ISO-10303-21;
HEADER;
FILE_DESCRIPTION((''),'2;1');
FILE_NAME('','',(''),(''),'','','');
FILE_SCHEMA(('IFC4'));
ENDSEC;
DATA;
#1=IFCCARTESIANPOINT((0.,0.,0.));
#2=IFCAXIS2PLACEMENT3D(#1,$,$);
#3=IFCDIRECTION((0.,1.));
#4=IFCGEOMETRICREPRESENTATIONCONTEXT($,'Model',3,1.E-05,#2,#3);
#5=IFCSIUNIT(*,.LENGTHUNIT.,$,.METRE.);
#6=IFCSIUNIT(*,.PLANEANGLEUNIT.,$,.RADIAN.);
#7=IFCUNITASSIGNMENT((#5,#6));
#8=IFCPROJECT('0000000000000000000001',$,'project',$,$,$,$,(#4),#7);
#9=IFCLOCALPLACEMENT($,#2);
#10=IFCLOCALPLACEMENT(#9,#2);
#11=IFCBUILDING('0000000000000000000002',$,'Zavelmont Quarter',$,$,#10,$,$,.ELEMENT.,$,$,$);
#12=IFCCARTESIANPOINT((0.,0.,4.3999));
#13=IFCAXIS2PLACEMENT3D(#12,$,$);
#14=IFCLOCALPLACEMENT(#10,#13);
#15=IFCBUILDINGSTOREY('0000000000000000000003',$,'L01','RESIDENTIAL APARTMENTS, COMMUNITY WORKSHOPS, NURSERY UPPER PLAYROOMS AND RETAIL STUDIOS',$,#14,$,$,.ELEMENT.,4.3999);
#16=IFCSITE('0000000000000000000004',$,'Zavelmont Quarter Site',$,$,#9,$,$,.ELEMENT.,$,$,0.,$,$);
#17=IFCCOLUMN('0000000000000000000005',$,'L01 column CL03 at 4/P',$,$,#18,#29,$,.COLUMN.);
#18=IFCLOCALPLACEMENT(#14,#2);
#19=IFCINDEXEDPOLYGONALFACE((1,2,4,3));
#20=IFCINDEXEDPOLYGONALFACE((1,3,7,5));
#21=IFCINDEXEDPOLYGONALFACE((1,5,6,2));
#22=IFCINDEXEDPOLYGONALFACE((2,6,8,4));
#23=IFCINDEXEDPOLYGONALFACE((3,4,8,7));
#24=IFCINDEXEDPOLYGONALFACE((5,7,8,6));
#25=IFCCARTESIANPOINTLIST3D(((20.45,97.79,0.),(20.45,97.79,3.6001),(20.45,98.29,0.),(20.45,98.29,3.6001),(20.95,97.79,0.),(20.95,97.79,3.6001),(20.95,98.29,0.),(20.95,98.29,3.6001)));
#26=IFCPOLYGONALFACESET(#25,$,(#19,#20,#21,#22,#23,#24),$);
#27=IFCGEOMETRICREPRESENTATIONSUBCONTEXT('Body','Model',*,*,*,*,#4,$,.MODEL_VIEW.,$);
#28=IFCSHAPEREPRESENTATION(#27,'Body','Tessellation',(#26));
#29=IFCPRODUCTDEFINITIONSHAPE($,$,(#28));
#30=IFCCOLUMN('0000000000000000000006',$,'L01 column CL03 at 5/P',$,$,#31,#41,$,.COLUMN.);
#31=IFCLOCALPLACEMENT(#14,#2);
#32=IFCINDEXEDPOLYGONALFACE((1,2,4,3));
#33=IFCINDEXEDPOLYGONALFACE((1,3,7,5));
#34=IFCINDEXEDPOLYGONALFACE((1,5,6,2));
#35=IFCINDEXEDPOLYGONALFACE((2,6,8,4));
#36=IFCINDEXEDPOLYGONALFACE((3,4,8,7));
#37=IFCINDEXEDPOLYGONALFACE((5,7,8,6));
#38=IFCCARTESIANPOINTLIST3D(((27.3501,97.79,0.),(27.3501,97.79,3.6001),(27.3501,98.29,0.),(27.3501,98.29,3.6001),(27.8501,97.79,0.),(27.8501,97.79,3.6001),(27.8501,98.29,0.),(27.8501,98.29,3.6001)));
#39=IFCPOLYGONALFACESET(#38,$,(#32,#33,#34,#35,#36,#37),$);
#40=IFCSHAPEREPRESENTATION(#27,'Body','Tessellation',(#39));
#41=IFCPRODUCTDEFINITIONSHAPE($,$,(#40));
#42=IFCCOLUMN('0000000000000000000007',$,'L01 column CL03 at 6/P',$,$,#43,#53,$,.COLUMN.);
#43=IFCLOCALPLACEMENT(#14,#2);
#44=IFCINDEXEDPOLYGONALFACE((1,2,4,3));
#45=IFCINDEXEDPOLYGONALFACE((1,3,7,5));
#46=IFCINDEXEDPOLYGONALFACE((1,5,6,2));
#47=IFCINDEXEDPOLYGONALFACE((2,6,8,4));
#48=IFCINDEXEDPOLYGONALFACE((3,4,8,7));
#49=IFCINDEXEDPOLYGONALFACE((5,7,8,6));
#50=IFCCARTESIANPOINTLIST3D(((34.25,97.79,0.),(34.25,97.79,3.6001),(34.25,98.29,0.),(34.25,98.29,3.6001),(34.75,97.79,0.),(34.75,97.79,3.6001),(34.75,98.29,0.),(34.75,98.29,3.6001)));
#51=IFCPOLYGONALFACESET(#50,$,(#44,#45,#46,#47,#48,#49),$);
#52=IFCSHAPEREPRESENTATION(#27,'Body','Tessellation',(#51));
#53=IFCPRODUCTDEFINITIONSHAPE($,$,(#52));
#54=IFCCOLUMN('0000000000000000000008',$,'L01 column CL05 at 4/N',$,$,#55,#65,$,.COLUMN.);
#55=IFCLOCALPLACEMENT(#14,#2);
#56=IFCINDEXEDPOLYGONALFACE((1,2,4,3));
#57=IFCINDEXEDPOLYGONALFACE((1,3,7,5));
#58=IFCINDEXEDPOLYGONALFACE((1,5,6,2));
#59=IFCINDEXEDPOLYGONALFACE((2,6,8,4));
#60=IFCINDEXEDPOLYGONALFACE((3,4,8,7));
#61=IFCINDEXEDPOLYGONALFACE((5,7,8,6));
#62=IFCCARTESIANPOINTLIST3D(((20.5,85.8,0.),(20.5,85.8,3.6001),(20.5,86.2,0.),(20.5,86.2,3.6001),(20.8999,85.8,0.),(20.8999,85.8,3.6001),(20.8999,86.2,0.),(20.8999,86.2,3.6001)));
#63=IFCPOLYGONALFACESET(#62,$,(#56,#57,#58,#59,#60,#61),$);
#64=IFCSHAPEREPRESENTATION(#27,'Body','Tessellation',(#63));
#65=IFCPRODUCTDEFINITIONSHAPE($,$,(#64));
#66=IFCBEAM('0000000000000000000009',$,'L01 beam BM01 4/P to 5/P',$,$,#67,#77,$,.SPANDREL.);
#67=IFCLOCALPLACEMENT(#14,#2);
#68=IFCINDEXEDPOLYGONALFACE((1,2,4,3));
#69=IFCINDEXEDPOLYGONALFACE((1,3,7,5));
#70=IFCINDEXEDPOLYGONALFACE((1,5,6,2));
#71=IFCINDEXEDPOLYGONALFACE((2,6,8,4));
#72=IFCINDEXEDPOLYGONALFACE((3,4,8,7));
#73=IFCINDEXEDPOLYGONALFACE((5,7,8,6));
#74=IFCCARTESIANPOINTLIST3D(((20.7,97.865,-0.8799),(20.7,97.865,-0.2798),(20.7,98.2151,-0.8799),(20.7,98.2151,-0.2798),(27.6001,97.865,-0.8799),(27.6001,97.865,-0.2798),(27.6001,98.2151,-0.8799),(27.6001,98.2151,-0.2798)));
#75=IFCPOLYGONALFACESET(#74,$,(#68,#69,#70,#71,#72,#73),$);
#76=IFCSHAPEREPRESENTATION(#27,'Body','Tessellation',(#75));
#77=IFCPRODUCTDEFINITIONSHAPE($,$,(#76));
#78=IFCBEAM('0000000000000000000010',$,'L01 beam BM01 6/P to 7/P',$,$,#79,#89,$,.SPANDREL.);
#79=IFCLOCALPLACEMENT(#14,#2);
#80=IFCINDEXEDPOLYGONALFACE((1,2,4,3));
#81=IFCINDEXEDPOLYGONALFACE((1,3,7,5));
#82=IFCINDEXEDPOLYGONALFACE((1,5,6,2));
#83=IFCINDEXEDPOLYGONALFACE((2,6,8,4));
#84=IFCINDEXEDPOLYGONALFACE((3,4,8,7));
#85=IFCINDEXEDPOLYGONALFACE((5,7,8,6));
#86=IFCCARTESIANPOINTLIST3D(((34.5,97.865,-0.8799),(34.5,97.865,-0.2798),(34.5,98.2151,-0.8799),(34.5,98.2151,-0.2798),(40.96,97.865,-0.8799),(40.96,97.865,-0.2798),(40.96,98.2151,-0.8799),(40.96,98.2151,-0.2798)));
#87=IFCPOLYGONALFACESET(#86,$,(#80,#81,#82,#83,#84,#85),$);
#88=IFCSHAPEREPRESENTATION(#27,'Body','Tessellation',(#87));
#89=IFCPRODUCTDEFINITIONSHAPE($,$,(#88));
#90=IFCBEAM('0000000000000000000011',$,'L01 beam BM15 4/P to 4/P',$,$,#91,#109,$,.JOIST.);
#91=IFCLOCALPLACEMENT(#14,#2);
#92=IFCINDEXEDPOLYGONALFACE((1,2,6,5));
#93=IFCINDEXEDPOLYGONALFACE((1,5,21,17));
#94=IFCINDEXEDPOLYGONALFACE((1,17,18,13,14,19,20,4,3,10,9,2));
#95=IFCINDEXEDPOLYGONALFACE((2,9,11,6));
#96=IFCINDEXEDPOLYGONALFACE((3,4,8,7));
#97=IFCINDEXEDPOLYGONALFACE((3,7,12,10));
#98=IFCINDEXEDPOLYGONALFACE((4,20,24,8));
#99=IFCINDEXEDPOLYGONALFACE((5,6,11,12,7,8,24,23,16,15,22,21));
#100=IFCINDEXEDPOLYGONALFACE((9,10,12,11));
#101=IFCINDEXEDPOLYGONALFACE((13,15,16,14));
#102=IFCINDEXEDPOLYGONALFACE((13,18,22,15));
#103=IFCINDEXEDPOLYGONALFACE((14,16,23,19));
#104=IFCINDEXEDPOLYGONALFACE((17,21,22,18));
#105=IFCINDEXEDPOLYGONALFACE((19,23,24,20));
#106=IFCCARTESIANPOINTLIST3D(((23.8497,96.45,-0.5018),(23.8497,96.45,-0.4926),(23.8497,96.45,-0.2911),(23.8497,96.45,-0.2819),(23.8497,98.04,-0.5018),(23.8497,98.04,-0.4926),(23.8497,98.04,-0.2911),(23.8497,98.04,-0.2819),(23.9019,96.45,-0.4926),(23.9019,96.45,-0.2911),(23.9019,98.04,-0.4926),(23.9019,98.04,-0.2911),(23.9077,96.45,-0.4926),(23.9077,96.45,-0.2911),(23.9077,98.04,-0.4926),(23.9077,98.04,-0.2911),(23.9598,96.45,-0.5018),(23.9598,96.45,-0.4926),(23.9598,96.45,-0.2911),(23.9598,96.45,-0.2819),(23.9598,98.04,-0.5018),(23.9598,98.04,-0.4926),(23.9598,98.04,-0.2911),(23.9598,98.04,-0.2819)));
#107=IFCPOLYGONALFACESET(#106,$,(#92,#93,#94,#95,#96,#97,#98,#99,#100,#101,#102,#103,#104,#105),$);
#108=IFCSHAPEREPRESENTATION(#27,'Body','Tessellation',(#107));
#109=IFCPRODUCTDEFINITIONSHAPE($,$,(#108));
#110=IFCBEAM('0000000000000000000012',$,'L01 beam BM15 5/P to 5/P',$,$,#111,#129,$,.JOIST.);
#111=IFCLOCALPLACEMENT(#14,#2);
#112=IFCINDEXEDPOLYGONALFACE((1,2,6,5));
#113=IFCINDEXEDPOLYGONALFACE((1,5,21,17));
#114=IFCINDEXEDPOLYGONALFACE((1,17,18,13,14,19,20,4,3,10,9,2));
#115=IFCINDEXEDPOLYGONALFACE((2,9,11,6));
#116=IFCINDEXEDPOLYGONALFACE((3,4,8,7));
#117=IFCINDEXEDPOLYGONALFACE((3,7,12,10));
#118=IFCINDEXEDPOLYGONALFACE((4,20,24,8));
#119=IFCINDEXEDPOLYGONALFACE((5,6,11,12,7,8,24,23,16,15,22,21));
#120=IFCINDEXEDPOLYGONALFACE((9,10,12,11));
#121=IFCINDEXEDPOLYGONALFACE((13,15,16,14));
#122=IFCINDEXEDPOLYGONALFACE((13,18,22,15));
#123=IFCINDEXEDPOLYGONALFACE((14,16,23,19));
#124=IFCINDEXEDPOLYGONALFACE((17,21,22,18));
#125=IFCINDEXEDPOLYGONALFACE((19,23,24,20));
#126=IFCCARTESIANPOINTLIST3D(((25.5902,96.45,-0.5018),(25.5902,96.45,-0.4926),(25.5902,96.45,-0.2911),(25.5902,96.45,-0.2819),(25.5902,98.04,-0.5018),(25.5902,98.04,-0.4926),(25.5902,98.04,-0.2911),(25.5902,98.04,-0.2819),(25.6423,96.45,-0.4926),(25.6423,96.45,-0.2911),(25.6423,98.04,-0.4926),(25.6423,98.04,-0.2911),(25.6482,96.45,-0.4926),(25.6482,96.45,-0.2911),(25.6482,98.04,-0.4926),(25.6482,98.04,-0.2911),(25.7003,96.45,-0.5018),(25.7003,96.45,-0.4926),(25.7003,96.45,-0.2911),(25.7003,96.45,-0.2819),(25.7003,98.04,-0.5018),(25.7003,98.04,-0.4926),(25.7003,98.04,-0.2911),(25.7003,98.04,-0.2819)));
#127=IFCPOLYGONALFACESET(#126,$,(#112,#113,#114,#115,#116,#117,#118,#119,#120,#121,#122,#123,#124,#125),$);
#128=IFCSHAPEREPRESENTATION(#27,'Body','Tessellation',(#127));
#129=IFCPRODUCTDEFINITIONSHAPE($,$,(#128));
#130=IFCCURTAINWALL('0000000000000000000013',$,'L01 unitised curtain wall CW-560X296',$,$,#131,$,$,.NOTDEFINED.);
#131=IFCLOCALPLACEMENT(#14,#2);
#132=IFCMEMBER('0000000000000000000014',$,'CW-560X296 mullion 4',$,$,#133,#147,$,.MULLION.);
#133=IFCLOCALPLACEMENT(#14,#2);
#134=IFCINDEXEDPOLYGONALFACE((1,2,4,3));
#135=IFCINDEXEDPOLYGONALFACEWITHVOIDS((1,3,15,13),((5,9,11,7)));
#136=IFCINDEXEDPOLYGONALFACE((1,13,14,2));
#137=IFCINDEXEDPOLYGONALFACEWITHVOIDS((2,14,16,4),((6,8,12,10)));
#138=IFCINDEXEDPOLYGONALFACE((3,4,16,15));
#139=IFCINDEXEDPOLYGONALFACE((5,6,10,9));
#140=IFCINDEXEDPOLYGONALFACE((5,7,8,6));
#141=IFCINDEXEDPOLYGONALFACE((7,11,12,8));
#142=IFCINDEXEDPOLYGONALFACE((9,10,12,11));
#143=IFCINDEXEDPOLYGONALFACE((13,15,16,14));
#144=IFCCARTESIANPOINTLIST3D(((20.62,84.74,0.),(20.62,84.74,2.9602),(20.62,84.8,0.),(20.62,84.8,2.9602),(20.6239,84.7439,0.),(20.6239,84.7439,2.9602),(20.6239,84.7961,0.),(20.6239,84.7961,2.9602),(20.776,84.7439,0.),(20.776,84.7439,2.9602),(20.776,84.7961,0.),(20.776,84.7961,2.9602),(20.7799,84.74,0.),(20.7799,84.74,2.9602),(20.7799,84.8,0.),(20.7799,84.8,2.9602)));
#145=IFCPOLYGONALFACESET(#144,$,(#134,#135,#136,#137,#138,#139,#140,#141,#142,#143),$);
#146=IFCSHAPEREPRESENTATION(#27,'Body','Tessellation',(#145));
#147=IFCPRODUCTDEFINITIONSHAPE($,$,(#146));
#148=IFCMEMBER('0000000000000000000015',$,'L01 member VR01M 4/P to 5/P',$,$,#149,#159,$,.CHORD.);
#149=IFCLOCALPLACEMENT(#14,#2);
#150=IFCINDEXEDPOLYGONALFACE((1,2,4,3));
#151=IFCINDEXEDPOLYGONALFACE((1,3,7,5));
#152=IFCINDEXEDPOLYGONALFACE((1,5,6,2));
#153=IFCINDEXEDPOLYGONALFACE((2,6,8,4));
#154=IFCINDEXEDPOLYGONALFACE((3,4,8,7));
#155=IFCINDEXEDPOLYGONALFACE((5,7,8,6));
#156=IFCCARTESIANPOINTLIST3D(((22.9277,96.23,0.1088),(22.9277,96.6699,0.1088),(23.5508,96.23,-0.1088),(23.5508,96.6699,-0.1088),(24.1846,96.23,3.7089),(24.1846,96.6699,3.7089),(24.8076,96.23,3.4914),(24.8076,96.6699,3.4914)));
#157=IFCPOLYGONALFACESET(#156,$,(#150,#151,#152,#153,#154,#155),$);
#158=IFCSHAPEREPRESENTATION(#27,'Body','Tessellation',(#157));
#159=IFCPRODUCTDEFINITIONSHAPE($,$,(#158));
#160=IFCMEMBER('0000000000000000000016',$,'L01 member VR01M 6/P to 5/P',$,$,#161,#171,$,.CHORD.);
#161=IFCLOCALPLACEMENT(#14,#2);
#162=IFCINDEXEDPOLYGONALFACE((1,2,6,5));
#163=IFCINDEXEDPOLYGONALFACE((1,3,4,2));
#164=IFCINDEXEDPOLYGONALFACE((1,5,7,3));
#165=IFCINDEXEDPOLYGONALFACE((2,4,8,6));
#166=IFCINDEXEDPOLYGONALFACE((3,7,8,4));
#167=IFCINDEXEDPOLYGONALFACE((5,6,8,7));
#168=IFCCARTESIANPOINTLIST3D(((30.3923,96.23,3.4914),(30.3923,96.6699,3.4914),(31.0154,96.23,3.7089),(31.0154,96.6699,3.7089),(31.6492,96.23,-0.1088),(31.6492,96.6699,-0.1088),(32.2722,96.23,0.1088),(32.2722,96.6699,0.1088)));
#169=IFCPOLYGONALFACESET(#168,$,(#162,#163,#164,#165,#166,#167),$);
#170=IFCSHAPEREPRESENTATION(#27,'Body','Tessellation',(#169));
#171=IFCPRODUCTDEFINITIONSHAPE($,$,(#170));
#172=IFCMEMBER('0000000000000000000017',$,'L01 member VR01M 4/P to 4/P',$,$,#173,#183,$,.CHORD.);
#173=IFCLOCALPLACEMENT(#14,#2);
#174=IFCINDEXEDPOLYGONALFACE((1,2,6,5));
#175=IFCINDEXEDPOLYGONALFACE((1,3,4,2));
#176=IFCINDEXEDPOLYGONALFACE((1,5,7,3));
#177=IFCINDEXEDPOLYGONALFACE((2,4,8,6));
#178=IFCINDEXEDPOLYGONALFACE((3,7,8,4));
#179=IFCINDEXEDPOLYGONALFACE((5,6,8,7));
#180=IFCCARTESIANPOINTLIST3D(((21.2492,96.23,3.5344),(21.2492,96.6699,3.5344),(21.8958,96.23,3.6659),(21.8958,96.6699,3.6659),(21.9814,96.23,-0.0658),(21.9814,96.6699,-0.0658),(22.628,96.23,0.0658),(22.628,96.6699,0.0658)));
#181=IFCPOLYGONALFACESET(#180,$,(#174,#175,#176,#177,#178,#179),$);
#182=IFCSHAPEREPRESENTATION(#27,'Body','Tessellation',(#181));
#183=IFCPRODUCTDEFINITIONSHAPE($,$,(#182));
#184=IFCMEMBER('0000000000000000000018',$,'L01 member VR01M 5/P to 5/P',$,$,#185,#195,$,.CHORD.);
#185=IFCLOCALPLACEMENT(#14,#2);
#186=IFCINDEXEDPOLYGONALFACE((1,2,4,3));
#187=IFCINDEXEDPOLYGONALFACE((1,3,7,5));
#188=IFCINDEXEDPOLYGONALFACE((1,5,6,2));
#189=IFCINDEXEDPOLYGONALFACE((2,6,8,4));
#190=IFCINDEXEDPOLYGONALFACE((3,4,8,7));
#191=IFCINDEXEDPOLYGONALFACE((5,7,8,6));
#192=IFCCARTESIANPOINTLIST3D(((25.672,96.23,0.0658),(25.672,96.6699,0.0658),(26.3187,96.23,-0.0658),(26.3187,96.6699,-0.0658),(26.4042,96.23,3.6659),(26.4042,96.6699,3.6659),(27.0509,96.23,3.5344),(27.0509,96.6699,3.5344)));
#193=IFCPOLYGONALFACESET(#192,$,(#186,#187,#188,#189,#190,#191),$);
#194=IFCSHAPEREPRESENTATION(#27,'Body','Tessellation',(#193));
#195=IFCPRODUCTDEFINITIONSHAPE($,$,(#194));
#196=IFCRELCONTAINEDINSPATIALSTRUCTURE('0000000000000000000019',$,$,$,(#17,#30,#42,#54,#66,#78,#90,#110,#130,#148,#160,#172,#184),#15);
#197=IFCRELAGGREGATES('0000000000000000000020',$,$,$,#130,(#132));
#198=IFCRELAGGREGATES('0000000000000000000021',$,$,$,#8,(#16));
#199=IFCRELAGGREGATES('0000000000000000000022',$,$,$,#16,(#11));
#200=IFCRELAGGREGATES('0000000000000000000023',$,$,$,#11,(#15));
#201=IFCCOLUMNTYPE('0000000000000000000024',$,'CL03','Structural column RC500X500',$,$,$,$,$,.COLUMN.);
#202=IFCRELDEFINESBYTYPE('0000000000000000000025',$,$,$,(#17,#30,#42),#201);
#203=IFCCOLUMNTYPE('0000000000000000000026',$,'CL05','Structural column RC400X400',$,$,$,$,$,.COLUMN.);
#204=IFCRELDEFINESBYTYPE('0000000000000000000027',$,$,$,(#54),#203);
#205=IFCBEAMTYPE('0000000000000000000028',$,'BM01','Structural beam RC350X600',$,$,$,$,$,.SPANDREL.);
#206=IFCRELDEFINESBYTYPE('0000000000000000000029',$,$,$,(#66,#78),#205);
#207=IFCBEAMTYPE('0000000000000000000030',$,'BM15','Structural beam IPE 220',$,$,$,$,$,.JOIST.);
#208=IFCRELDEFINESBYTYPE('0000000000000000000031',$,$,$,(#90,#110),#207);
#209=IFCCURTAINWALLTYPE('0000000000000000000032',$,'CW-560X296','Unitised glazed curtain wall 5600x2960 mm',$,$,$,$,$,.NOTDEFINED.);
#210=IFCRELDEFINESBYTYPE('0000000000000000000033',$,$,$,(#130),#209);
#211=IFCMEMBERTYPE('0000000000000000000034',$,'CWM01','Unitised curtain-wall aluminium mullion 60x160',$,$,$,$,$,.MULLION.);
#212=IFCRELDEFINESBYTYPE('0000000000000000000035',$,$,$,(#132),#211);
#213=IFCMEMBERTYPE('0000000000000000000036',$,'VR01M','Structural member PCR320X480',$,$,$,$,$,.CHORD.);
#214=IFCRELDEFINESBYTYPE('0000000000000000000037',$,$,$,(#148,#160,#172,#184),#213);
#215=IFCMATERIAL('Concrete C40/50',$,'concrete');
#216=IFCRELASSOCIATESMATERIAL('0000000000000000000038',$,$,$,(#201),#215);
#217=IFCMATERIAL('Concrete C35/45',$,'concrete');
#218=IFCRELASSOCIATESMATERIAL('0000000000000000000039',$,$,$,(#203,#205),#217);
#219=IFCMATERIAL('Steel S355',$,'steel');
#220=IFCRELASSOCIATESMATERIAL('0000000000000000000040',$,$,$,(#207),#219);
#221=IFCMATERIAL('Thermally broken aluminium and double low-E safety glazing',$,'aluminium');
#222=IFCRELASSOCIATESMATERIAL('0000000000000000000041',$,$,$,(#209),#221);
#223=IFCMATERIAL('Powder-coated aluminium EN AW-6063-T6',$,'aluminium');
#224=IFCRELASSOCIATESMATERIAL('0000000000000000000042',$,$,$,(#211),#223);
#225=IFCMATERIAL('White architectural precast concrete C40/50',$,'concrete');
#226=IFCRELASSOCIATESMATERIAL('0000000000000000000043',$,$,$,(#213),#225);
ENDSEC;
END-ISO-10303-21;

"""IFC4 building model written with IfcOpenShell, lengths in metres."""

from ifc_helpers import new_model, si_unit, direction, frame, origin, origin_2d, place, context, subcontext, project, spatial, rectangle, hollow_rectangle, i_section, extrude, material, material_profile, profile_set, type_object, element, aggregate, save


model = new_model("IFC4")

# Units and contexts
model_context = context("Model", 3, precision=1e-05, world=origin(), true_north=direction((0.0, 1.0)))
body_context = subcontext(model_context, "Body", "Model", "MODEL_VIEW")
ifc_project = project(units=[si_unit("LENGTHUNIT", "METRE"), si_unit("PLANEANGLEUNIT", "RADIAN")], contexts=[model_context])

# Site, building, storey
site_placement = place(None, origin())
site = spatial("IfcSite", under=ifc_project, at=site_placement, Name="Zavelmont Quarter Site", CompositionType="ELEMENT", RefElevation=0.0)
building_placement = place(site_placement, origin())
building = spatial("IfcBuilding", under=site, at=building_placement, Name="Zavelmont Quarter", CompositionType="ELEMENT")
storey_placement = place(building_placement, frame((0.0, 0.0, 4.3999)))
storey = spatial("IfcBuildingStorey", under=building, at=storey_placement, Name="L01", Description="RESIDENTIAL APARTMENTS, COMMUNITY WORKSHOPS, NURSERY UPPER PLAYROOMS AND RETAIL STUDIOS", CompositionType="ELEMENT", Elevation=4.3999)

# Columns
ifc_material_1 = material(Name="Concrete C40/50", Category="concrete")
ifc_material_profile_1 = material_profile(ifc_material_1, rectangle(XDim=0.5, YDim=0.5, at=origin_2d()), Name="RC500X500")
ifc_profile_set_1 = profile_set([ifc_material_profile_1], Name="Concrete C40/50")
column_type_1 = type_object("IfcColumnType", Name="CL03", Description="Structural column RC500X500", PredefinedType="COLUMN", material=ifc_profile_set_1)
for number, where, z_axis, x_axis, name in (
    (1, (20.7, 98.04, 0.0), (0.0, 0.0, 1.0), (1.0, 0.0, 0.0), "L01 column CL03 at 4/P"),
    (2, (27.6001, 98.04, 0.0), (0.0, 0.0, 1.0), (1.0, 0.0, 0.0), "L01 column CL03 at 5/P"),
    (3, (34.5, 98.04, 0.0), (0.0, 0.0, 1.0), (1.0, 0.0, 0.0), "L01 column CL03 at 6/P"),
):
    element("IfcColumn", number, at=place(storey_placement, frame(where, z_axis=z_axis, x_axis=x_axis)), inside=storey, type_object=column_type_1, Name=name, PredefinedType="COLUMN", context=body_context, shape_type="SweptSolid", body=[
        extrude(rectangle(XDim=0.5, YDim=0.5, at=origin_2d()), origin(), (0.0, 0.0, 1.0), 3.6001),
    ])
ifc_material_2 = material(Name="Concrete C35/45", Category="concrete")
ifc_material_profile_2 = material_profile(ifc_material_2, rectangle(XDim=0.3999, YDim=0.3999, at=origin_2d()), Name="RC400X400")
ifc_profile_set_2 = profile_set([ifc_material_profile_2], Name="Concrete C35/45")
column_type_2 = type_object("IfcColumnType", Name="CL05", Description="Structural column RC400X400", PredefinedType="COLUMN", material=ifc_profile_set_2)
column_placement = place(storey_placement, frame((20.7, 86.0, 0.0), z_axis=(0.0, 0.0, 1.0), x_axis=(1.0, 0.0, 0.0)))
element("IfcColumn", 4, at=column_placement, inside=storey, type_object=column_type_2, Name="L01 column CL05 at 4/N", PredefinedType="COLUMN", context=body_context, shape_type="SweptSolid", body=[
    extrude(rectangle(XDim=0.3999, YDim=0.3999, at=origin_2d()), origin(), (0.0, 0.0, 1.0), 3.6001),
])

# Beams
ifc_material_profile_3 = material_profile(ifc_material_2, rectangle(XDim=0.3501, YDim=0.6001, at=origin_2d()), Name="RC350X600")
ifc_profile_set_3 = profile_set([ifc_material_profile_3], Name="Concrete C35/45")
beam_type_1 = type_object("IfcBeamType", Name="BM01", Description="Structural beam RC350X600", PredefinedType="SPANDREL", material=ifc_profile_set_3)
beam_1_placement = place(storey_placement, frame((20.7, 98.04, -0.5798), z_axis=(1.0, 0.0, 0.0), x_axis=(0.0, 1.0, 0.0)))
element("IfcBeam", 5, at=beam_1_placement, inside=storey, type_object=beam_type_1, Name="L01 beam BM01 4/P to 5/P", PredefinedType="SPANDREL", context=body_context, shape_type="SweptSolid", body=[
    extrude(rectangle(XDim=0.3501, YDim=0.6001, at=origin_2d()), origin(), (0.0, 0.0, 1.0), 6.9001),
])
beam_2_placement = place(storey_placement, frame((34.5, 98.04, -0.5798), z_axis=(1.0, 0.0, 0.0), x_axis=(0.0, 1.0, 0.0)))
element("IfcBeam", 6, at=beam_2_placement, inside=storey, type_object=beam_type_1, Name="L01 beam BM01 6/P to 7/P", PredefinedType="SPANDREL", context=body_context, shape_type="SweptSolid", body=[
    extrude(rectangle(XDim=0.3501, YDim=0.6001, at=origin_2d()), origin(), (0.0, 0.0, 1.0), 6.46),
])
ifc_material_3 = material(Name="Steel S355", Category="steel")
ifc_material_profile_4 = material_profile(ifc_material_3, i_section(OverallWidth=0.1101, OverallDepth=0.22, WebThickness=0.0059, FlangeThickness=0.0093, at=origin_2d()), Name="IPE 220")
ifc_profile_set_4 = profile_set([ifc_material_profile_4], Name="Steel S355")
beam_type_2 = type_object("IfcBeamType", Name="BM15", Description="Structural beam IPE 220", PredefinedType="JOIST", material=ifc_profile_set_4)
for number, where, z_axis, x_axis, name in (
    (7, (23.9048, 98.04, -0.3918), (0.0, -1.0, 0.0), (1.0, 0.0, 0.0), "L01 beam BM15 4/P to 4/P"),
    (8, (25.6453, 98.04, -0.3918), (0.0, -1.0, 0.0), (1.0, 0.0, 0.0), "L01 beam BM15 5/P to 5/P"),
):
    element("IfcBeam", number, at=place(storey_placement, frame(where, z_axis=z_axis, x_axis=x_axis)), inside=storey, type_object=beam_type_2, Name=name, PredefinedType="JOIST", context=body_context, shape_type="SweptSolid", body=[
        extrude(i_section(OverallWidth=0.1101, OverallDepth=0.22, WebThickness=0.0059, FlangeThickness=0.0093, at=origin_2d()), origin(), (0.0, 0.0, 1.0), 1.5901),
    ])

# Curtain wall, member
ifc_material_4 = material(Name="Thermally broken aluminium and double low-E safety glazing", Category="aluminium")
curtain_wall_type = type_object("IfcCurtainWallType", Name="CW-560X296", Description="Unitised glazed curtain wall 5600x2960 mm", PredefinedType="NOTDEFINED", material=ifc_material_4)
curtain_wall_placement = place(storey_placement, origin())
curtain_wall = element("IfcCurtainWall", 9, at=curtain_wall_placement, inside=storey, type_object=curtain_wall_type, Name="L01 unitised curtain wall CW-560X296", PredefinedType="NOTDEFINED")
ifc_material_5 = material(Name="Powder-coated aluminium EN AW-6063-T6", Category="aluminium")
ifc_material_profile_5 = material_profile(ifc_material_5, hollow_rectangle(XDim=0.0601, YDim=0.1599, WallThickness=0.0039, at=origin_2d()), Name="CWM60X160")
ifc_profile_set_5 = profile_set([ifc_material_profile_5], Name="Powder-coated aluminium EN AW-6063-T6")
member_type_1 = type_object("IfcMemberType", Name="CWM01", Description="Unitised curtain-wall aluminium mullion 60x160", PredefinedType="MULLION", material=ifc_profile_set_5)
member_placement = place(storey_placement, frame((20.7, 84.77, 0.0), z_axis=(0.0, 0.0, 1.0), x_axis=(0.0, 1.0, 0.0)))
member = element("IfcMember", 10, at=member_placement, type_object=member_type_1, Name="CW-560X296 mullion 4", PredefinedType="MULLION", context=body_context, shape_type="SweptSolid", body=[
    extrude(hollow_rectangle(XDim=0.0601, YDim=0.1599, WallThickness=0.0039, at=origin_2d()), origin(), (0.0, 0.0, 1.0), 2.9602),
])

# Members
ifc_material_6 = material(Name="White architectural precast concrete C40/50", Category="concrete")
ifc_material_profile_6 = material_profile(ifc_material_6, rectangle(XDim=0.4399, YDim=0.6599, at=origin_2d()), Name="PCR320X480")
ifc_profile_set_6 = profile_set([ifc_material_profile_6], Name="White architectural precast concrete C40/50")
member_type_2 = type_object("IfcMemberType", Name="VR01M", Description="Structural member PCR320X480", PredefinedType="CHORD", material=ifc_profile_set_6)
for number, where, z_axis, x_axis, name in (
    (11, (23.2393, 96.45, 0.0), (0.329603, 0.0, 0.94412), (0.0, 1.0, 0.0), "L01 member VR01M 4/P to 5/P"),
    (12, (31.9607, 96.45, 0.0), (-0.329603, 0.0, 0.94412), (0.0, -1.0, 0.0), "L01 member VR01M 6/P to 5/P"),
):
    element("IfcMember", number, at=place(storey_placement, frame(where, z_axis=z_axis, x_axis=x_axis)), inside=storey, type_object=member_type_2, Name=name, PredefinedType="CHORD", context=body_context, shape_type="SweptSolid", body=[
        extrude(rectangle(XDim=0.4399, YDim=0.6599, at=origin_2d()), origin(), (0.0, 0.0, 1.0), 3.8132),
    ])
for number, where, z_axis, x_axis, name in (
    (13, (22.3047, 96.45, 0.0), (-0.199297, 0.0, 0.979939), (0.0, -1.0, 0.0), "L01 member VR01M 4/P to 4/P"),
    (14, (25.9954, 96.45, 0.0), (0.199297, 0.0, 0.979939), (0.0, 1.0, 0.0), "L01 member VR01M 5/P to 5/P"),
):
    element("IfcMember", number, at=place(storey_placement, frame(where, z_axis=z_axis, x_axis=x_axis)), inside=storey, type_object=member_type_2, Name=name, PredefinedType="CHORD", context=body_context, shape_type="SweptSolid", body=[
        extrude(rectangle(XDim=0.4399, YDim=0.6599, at=origin_2d()), origin(), (0.0, 0.0, 1.0), 3.6738),
    ])

aggregate(curtain_wall, [member])

save(model, "model.ifc")
